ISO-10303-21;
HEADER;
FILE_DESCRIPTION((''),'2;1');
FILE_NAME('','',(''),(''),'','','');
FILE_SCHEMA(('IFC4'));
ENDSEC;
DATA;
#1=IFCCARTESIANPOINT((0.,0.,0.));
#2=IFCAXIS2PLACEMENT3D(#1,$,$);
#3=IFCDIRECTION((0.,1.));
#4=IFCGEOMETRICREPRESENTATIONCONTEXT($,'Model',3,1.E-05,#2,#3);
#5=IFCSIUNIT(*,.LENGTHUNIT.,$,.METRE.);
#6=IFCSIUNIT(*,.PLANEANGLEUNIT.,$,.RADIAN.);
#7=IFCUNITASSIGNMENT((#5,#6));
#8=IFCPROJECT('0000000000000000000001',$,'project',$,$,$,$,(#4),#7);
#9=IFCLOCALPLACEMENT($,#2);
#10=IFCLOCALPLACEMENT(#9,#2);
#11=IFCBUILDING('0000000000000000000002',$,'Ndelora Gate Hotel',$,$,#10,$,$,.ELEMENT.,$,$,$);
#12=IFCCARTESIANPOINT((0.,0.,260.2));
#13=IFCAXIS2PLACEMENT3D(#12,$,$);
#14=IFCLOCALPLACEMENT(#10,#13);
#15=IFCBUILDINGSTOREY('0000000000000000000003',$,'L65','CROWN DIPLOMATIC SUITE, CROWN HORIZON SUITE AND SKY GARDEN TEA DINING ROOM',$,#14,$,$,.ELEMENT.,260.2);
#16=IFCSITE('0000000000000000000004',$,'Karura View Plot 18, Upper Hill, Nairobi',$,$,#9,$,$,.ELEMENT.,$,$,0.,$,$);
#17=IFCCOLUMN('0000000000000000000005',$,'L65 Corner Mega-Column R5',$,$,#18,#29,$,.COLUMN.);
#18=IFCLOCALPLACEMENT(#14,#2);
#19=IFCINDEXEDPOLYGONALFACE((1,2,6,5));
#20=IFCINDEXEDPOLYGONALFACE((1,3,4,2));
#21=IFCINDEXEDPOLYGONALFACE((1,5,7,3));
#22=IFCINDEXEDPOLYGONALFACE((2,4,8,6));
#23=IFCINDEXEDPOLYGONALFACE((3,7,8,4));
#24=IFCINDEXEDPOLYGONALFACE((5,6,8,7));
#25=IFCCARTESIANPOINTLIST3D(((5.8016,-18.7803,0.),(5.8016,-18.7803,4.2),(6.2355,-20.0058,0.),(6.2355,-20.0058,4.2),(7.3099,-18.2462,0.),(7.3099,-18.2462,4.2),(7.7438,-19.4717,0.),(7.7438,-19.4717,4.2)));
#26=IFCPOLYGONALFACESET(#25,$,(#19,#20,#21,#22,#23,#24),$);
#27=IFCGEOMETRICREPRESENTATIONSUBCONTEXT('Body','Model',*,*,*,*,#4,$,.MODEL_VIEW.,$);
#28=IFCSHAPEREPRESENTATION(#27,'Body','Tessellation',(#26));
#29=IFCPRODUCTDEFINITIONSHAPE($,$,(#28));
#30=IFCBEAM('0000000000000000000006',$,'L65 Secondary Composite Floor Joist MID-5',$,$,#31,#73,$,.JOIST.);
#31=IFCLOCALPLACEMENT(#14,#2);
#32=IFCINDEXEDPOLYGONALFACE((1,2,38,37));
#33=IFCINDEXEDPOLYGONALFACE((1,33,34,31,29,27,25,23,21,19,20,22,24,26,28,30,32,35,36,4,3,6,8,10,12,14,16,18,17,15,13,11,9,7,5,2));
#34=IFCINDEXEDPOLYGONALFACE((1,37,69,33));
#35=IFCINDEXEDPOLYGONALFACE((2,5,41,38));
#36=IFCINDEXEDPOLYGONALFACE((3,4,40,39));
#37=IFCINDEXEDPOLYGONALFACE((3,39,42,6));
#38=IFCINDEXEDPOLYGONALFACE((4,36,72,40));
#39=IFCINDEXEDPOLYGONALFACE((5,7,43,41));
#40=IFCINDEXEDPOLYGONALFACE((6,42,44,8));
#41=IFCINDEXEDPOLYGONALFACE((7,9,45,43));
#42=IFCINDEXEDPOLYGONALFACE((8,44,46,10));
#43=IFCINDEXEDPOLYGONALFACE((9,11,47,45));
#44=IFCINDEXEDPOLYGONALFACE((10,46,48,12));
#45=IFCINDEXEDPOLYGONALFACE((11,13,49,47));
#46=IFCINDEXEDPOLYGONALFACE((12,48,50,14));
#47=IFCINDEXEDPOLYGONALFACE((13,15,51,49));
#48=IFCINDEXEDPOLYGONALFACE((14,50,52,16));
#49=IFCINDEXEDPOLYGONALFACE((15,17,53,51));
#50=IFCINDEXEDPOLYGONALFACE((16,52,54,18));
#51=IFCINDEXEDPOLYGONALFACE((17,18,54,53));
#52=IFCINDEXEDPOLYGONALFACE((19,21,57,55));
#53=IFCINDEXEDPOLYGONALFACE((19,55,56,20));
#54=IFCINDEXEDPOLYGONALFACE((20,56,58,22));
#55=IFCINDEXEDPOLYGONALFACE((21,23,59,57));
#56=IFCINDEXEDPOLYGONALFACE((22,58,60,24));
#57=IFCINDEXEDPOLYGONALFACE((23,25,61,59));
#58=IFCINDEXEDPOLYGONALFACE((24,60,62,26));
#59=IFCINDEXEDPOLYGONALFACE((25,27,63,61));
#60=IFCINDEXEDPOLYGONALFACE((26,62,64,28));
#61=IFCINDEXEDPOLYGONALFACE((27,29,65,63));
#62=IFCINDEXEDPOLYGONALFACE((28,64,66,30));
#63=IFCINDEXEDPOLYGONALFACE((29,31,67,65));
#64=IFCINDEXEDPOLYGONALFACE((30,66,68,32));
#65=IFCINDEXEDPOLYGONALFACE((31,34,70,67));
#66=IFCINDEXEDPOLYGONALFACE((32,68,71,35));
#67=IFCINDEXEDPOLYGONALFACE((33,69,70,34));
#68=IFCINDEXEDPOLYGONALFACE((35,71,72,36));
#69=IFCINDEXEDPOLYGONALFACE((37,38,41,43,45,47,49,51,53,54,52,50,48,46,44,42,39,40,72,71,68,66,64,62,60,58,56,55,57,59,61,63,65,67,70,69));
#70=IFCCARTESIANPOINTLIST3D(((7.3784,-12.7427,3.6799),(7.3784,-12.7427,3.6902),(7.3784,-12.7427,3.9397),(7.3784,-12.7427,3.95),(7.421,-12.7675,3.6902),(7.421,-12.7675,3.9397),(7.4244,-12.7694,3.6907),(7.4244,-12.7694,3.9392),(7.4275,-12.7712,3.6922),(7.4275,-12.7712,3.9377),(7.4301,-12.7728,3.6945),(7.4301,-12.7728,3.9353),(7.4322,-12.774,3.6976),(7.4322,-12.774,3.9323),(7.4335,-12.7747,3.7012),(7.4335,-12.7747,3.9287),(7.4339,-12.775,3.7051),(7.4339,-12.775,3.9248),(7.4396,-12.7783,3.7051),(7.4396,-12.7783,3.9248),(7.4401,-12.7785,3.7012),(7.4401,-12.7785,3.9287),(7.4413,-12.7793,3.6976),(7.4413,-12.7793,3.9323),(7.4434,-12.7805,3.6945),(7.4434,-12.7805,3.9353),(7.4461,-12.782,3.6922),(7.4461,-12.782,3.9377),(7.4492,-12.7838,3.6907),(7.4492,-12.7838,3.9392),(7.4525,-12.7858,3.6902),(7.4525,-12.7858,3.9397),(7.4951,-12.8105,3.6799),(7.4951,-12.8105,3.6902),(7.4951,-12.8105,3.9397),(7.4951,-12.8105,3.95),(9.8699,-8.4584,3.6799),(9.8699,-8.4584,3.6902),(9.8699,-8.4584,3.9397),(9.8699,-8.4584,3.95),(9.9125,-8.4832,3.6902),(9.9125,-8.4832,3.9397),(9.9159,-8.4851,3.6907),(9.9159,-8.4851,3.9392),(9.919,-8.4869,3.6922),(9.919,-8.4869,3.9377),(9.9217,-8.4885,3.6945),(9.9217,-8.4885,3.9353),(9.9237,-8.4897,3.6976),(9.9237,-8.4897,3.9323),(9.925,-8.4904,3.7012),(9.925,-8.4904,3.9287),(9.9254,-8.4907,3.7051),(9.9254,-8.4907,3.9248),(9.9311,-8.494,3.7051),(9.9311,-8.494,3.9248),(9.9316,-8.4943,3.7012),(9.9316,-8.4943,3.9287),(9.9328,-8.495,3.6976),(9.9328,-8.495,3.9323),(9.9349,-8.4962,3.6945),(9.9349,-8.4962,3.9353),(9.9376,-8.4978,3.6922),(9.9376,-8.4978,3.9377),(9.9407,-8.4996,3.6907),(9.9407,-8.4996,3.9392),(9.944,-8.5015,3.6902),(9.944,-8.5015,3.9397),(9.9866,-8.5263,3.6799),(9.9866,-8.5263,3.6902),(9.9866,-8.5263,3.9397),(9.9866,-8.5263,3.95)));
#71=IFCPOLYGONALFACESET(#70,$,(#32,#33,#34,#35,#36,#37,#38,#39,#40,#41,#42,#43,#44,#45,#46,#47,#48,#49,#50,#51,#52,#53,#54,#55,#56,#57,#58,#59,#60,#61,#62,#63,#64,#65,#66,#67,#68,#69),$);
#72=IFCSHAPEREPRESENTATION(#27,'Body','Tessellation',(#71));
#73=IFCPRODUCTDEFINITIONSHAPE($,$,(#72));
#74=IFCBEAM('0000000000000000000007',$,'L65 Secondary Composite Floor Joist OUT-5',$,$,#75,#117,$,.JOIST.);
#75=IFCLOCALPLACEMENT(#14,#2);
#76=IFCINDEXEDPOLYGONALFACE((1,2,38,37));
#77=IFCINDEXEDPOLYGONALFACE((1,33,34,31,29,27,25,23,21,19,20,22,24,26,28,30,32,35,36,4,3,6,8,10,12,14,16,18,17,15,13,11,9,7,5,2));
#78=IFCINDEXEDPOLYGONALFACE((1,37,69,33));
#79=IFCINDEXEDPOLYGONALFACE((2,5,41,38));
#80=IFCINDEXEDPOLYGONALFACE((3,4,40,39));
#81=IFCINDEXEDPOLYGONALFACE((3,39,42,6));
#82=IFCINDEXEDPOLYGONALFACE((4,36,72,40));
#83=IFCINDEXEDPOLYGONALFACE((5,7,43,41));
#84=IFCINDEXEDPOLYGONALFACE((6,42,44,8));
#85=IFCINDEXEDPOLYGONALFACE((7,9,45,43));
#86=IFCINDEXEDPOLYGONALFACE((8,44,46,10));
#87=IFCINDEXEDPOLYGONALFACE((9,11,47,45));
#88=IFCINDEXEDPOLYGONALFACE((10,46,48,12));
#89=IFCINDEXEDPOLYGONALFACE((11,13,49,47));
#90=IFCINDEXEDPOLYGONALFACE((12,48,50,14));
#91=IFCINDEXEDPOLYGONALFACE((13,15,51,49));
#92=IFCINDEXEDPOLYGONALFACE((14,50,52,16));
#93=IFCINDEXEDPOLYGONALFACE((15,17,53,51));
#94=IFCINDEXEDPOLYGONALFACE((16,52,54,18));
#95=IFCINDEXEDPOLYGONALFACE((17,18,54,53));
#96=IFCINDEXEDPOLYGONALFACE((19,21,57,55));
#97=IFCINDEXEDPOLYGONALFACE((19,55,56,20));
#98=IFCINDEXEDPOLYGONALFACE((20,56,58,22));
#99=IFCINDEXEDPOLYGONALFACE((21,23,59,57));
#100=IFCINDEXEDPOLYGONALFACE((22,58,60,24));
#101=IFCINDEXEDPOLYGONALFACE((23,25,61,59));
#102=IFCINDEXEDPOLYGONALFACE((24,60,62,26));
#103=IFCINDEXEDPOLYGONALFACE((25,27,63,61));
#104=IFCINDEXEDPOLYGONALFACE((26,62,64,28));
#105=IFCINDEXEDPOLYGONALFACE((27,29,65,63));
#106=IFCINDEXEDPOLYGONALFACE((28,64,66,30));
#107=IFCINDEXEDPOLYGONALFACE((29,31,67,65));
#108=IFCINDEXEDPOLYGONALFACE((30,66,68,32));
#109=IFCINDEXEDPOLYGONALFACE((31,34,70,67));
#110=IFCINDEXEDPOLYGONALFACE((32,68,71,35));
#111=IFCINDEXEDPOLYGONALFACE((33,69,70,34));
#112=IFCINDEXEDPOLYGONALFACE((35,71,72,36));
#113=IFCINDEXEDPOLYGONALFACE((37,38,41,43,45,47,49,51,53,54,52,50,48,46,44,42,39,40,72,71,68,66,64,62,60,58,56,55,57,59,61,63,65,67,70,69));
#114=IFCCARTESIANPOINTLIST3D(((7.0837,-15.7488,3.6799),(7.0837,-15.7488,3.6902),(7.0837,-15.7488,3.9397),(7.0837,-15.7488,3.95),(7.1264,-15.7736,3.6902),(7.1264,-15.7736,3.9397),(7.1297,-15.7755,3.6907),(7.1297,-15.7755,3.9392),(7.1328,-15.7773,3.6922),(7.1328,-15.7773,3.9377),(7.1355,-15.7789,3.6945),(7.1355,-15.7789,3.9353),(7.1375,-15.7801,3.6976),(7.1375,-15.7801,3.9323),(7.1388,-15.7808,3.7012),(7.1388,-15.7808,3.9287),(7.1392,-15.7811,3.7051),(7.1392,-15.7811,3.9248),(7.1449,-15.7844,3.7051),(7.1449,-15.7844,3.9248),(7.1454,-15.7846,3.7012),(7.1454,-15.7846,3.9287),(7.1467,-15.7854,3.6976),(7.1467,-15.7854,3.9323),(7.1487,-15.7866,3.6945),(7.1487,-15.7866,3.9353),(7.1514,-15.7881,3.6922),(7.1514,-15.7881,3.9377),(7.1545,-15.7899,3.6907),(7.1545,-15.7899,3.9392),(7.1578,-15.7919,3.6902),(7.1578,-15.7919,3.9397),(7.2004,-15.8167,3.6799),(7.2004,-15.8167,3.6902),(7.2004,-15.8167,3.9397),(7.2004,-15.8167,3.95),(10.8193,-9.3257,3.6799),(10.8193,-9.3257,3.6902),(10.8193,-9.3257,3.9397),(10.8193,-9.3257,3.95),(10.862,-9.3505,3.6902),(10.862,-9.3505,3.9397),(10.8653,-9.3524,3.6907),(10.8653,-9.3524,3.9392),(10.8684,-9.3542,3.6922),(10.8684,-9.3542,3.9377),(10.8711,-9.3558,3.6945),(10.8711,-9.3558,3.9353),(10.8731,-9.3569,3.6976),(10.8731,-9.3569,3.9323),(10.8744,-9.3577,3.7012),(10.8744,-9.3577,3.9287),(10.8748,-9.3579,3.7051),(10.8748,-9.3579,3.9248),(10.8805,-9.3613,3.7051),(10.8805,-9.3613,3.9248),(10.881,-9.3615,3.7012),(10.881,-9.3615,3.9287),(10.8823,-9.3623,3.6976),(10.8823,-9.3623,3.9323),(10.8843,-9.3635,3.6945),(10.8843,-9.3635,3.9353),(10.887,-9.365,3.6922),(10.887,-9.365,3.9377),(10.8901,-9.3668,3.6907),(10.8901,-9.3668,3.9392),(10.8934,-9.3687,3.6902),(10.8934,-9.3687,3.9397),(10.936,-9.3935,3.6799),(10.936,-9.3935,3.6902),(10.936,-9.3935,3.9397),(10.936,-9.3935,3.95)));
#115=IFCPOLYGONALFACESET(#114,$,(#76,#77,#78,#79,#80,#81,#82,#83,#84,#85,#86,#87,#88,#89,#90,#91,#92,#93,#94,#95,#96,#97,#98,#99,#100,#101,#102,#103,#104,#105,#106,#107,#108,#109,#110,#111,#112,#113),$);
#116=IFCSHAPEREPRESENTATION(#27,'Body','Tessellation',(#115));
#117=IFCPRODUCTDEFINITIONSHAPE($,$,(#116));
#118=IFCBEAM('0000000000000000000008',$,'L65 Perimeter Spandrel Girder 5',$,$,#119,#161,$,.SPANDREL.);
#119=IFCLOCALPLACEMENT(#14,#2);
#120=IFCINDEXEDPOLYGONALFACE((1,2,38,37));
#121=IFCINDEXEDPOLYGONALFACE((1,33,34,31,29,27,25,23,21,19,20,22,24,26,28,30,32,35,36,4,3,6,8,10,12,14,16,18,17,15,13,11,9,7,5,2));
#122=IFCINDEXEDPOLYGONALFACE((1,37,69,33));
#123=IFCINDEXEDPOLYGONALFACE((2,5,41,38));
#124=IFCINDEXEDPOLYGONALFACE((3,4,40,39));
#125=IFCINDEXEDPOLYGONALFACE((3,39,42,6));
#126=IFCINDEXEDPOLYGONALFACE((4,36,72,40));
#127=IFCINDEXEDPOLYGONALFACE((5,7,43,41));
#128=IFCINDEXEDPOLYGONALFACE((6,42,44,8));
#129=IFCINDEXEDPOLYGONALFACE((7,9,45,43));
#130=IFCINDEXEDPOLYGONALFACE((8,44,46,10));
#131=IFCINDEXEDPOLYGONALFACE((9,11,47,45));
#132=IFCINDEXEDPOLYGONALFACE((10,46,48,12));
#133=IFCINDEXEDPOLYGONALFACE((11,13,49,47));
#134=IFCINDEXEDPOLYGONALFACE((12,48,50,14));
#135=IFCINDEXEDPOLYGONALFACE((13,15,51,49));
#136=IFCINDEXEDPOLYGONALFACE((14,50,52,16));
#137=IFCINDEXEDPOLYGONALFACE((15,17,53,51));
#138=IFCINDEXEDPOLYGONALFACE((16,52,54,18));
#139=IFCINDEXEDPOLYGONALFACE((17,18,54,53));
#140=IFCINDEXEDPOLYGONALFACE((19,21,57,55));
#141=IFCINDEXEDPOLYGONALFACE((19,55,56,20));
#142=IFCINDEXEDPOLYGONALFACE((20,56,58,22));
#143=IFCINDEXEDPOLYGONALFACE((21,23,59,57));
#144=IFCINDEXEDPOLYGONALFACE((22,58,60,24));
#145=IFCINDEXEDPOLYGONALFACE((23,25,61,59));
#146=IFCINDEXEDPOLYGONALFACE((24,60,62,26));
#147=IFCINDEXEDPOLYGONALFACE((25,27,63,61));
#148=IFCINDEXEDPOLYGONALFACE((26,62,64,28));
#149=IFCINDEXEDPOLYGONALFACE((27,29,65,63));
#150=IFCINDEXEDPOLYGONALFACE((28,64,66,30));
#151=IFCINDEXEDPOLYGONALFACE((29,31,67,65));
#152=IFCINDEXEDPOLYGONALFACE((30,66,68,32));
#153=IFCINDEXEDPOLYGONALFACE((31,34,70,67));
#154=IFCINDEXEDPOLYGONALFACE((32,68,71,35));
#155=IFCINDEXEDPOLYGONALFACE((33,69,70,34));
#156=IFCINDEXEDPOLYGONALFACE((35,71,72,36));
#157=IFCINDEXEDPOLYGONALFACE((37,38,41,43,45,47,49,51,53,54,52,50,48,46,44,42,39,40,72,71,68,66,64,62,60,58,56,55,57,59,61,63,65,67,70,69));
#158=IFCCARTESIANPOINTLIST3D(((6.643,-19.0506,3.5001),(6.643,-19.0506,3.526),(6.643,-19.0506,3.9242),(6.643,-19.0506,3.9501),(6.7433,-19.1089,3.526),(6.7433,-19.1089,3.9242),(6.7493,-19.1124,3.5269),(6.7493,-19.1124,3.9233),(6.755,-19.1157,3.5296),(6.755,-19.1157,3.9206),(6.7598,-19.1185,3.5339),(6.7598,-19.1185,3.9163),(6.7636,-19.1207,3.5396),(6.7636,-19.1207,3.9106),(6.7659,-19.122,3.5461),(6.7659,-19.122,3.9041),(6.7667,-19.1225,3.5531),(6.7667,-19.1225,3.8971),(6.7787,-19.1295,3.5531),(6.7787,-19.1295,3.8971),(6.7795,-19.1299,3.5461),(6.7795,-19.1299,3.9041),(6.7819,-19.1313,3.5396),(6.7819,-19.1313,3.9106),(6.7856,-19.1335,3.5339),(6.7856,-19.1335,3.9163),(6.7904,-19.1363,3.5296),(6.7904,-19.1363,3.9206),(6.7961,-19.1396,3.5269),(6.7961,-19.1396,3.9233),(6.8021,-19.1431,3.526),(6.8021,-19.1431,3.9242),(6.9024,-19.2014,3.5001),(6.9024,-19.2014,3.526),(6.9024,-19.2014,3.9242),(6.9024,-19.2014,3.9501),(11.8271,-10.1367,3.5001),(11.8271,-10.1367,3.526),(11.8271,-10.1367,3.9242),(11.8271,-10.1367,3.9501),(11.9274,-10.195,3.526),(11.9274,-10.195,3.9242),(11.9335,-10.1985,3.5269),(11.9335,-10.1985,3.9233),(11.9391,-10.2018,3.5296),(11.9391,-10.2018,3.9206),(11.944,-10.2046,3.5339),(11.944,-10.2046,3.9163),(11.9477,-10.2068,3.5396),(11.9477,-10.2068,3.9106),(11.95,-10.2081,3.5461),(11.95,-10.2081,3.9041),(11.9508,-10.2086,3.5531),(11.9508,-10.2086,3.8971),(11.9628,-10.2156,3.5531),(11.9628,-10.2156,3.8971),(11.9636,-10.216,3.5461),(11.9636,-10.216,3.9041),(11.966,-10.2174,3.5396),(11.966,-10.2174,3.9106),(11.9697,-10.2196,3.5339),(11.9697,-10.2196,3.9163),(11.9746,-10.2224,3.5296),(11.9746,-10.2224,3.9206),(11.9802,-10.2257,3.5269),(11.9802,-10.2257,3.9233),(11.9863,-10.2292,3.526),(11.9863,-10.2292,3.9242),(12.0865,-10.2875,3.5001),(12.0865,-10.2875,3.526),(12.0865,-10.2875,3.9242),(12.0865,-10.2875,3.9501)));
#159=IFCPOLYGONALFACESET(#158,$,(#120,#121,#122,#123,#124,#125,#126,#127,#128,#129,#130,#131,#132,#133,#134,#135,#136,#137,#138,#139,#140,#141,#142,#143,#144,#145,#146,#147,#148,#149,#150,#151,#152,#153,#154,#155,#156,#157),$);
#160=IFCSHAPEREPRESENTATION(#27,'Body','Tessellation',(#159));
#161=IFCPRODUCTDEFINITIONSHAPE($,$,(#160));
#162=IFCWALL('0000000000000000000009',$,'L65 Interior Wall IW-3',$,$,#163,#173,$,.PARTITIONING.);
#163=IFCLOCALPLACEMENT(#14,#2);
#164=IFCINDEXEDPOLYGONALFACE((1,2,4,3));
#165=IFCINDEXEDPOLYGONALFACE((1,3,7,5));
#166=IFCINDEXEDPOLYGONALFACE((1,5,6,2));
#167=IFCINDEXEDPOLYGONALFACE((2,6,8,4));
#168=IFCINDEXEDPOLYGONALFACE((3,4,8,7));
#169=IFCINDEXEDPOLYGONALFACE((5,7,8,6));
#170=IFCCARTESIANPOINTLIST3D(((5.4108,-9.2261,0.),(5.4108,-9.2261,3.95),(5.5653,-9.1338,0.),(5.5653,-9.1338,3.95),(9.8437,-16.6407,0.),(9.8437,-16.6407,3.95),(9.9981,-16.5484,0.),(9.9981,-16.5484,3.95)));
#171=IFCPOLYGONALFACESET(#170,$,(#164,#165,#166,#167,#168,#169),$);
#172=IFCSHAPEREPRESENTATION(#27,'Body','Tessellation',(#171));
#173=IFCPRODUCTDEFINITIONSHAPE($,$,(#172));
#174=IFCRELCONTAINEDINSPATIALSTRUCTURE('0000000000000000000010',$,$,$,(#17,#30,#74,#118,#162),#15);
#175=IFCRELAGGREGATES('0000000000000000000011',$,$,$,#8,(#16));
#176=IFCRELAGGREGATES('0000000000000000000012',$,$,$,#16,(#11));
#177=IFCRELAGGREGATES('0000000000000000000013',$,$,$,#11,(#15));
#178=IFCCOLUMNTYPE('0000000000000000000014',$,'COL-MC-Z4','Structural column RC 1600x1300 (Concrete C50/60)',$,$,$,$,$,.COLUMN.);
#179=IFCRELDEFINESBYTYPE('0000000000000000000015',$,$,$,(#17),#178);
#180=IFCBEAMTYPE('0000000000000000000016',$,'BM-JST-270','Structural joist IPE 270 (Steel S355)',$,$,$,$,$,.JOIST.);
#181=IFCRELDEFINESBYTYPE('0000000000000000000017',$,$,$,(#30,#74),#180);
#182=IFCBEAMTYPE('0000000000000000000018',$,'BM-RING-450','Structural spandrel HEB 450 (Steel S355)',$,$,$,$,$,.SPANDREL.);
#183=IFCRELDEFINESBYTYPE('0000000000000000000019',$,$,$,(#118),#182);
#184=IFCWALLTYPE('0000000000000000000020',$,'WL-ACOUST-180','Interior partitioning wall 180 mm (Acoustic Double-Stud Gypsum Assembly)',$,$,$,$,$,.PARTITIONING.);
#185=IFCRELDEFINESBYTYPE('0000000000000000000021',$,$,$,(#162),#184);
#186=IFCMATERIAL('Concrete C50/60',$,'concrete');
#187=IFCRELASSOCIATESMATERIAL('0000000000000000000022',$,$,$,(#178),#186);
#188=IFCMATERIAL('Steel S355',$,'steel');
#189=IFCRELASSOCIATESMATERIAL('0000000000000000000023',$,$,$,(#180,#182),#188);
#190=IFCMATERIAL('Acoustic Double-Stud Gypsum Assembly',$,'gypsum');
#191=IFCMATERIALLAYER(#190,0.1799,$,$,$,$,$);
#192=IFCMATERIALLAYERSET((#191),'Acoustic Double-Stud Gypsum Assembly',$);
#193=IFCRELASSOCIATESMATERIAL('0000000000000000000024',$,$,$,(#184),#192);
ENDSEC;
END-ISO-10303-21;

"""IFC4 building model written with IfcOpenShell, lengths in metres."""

from ifc_helpers import new_model, si_unit, direction, frame, frame_2d, origin, origin_2d, place, context, subcontext, project, spatial, rectangle, i_section, extrude, material, layer, layer_set, material_profile, profile_set, type_object, element, save


model = new_model("IFC4")

# Units and contexts
model_context = context("Model", 3, precision=1e-05, world=origin(), true_north=direction((0.0, 1.0)))
body_context = subcontext(model_context, "Body", "Model", "MODEL_VIEW")
ifc_project = project(units=[si_unit("LENGTHUNIT", "METRE"), si_unit("PLANEANGLEUNIT", "RADIAN")], contexts=[model_context])

# Site, building, storey
site_placement = place(None, origin())
site = spatial("IfcSite", under=ifc_project, at=site_placement, Name="Karura View Plot 18, Upper Hill, Nairobi", CompositionType="ELEMENT", RefElevation=0.0)
building_placement = place(site_placement, origin())
building = spatial("IfcBuilding", under=site, at=building_placement, Name="Ndelora Gate Hotel", CompositionType="ELEMENT")
storey_placement = place(building_placement, frame((0.0, 0.0, 260.2)))
storey = spatial("IfcBuildingStorey", under=building, at=storey_placement, Name="L65", Description="CROWN DIPLOMATIC SUITE, CROWN HORIZON SUITE AND SKY GARDEN TEA DINING ROOM", CompositionType="ELEMENT", Elevation=260.2)

# Column
ifc_material_1 = material(Name="Concrete C50/60", Category="concrete")
ifc_material_profile_1 = material_profile(ifc_material_1, rectangle(XDim=1.3, YDim=1.6001, at=origin_2d()), Name="RC 1600x1300")
ifc_profile_set_1 = profile_set([ifc_material_profile_1], Name="Concrete C50/60")
column_type = type_object("IfcColumnType", Name="COL-MC-Z4", Description="Structural column RC 1600x1300 (Concrete C50/60)", PredefinedType="COLUMN", material=ifc_profile_set_1)
column_placement = place(storey_placement, frame((6.7727, -19.126, 0.0), z_axis=(0.0, 0.0, 1.0), x_axis=(-0.333807, 0.942641, 0.0)))
element("IfcColumn", 1, at=column_placement, inside=storey, type_object=column_type, Name="L65 Corner Mega-Column R5", PredefinedType="COLUMN", context=body_context, shape_type="SweptSolid", body=[
    extrude(rectangle(XDim=1.3, YDim=1.6001, at=origin_2d()), origin(), (0.0, 0.0, 1.0), 4.2),
])

# Beams
ifc_material_2 = material(Name="Steel S355", Category="steel")
ifc_material_profile_2 = material_profile(ifc_material_2, i_section(OverallWidth=0.135, OverallDepth=0.27, WebThickness=0.0066, FlangeThickness=0.0103, FilletRadius=0.0149, at=origin_2d()), Name="IPE 270")
ifc_profile_set_2 = profile_set([ifc_material_profile_2], Name="Steel S355")
beam_type_1 = type_object("IfcBeamType", Name="BM-JST-270", Description="Structural joist IPE 270 (Steel S355)", PredefinedType="JOIST", material=ifc_profile_set_2)
beam_1_placement = place(storey_placement, frame((7.4368, -12.7766, 3.8149), z_axis=(0.502719, 0.86445, 0.0), x_axis=(-0.86445, 0.502719, 0.0)))
element("IfcBeam", 2, at=beam_1_placement, inside=storey, type_object=beam_type_1, Name="L65 Secondary Composite Floor Joist MID-5", PredefinedType="JOIST", context=body_context, shape_type="SweptSolid", body=[
    extrude(i_section(OverallWidth=0.135, OverallDepth=0.27, WebThickness=0.0066, FlangeThickness=0.0103, FilletRadius=0.0149, at=origin_2d()), origin(), (0.0, 0.0, 1.0), 4.9561),
])
beam_2_placement = place(storey_placement, frame((7.1421, -15.7827, 3.8149), z_axis=(0.502745, 0.864435, 0.0), x_axis=(-0.864435, 0.502745, 0.0)))
element("IfcBeam", 3, at=beam_2_placement, inside=storey, type_object=beam_type_1, Name="L65 Secondary Composite Floor Joist OUT-5", PredefinedType="JOIST", context=body_context, shape_type="SweptSolid", body=[
    extrude(i_section(OverallWidth=0.135, OverallDepth=0.27, WebThickness=0.0066, FlangeThickness=0.0103, FilletRadius=0.0149, at=origin_2d()), origin(), (0.0, 0.0, 1.0), 7.4304),
])
ifc_material_profile_3 = material_profile(ifc_material_2, i_section(OverallWidth=0.3, OverallDepth=0.45, WebThickness=0.0139, FlangeThickness=0.0259, FilletRadius=0.0271, at=origin_2d()), Name="HEB 450")
ifc_profile_set_3 = profile_set([ifc_material_profile_3], Name="Steel S355")
beam_type_2 = type_object("IfcBeamType", Name="BM-RING-450", Description="Structural spandrel HEB 450 (Steel S355)", PredefinedType="SPANDREL", material=ifc_profile_set_3)
beam_3_placement = place(storey_placement, frame((6.7727, -19.126, 3.7251), z_axis=(0.502739, 0.864439, 0.0), x_axis=(-0.864439, 0.502739, 0.0)))
element("IfcBeam", 4, at=beam_3_placement, inside=storey, type_object=beam_type_2, Name="L65 Perimeter Spandrel Girder 5", PredefinedType="SPANDREL", context=body_context, shape_type="SweptSolid", body=[
    extrude(i_section(OverallWidth=0.3, OverallDepth=0.45, WebThickness=0.0139, FlangeThickness=0.0259, FilletRadius=0.0271, at=origin_2d()), origin(), (0.0, 0.0, 1.0), 10.3118),
])

# Wall
ifc_material_3 = material(Name="Acoustic Double-Stud Gypsum Assembly", Category="gypsum")
ifc_layer_1 = layer(ifc_material_3, 0.1799)
ifc_layer_set_1 = layer_set([ifc_layer_1], Name="Acoustic Double-Stud Gypsum Assembly")
wall_type_1 = type_object("IfcWallType", Name="WL-ACOUST-180", Description="Interior partitioning wall 180 mm (Acoustic Double-Stud Gypsum Assembly)", PredefinedType="PARTITIONING", material=ifc_layer_set_1)
wall_1_placement = place(storey_placement, frame((5.488, -9.1799, 0.0), z_axis=(0.0, 0.0, 1.0), x_axis=(0.513144, -0.858302, 0.0)))
element("IfcWall", 5, at=wall_1_placement, inside=storey, type_object=wall_type_1, Name="L65 Interior Wall IW-3", PredefinedType="PARTITIONING", context=body_context, shape_type="SweptSolid", body=[
    extrude(rectangle(XDim=8.6387, YDim=0.1799, at=frame_2d((4.3193, 0.0))), origin(), (0.0, 0.0, 1.0), 3.95),
])

save(model, "model.ifc")
